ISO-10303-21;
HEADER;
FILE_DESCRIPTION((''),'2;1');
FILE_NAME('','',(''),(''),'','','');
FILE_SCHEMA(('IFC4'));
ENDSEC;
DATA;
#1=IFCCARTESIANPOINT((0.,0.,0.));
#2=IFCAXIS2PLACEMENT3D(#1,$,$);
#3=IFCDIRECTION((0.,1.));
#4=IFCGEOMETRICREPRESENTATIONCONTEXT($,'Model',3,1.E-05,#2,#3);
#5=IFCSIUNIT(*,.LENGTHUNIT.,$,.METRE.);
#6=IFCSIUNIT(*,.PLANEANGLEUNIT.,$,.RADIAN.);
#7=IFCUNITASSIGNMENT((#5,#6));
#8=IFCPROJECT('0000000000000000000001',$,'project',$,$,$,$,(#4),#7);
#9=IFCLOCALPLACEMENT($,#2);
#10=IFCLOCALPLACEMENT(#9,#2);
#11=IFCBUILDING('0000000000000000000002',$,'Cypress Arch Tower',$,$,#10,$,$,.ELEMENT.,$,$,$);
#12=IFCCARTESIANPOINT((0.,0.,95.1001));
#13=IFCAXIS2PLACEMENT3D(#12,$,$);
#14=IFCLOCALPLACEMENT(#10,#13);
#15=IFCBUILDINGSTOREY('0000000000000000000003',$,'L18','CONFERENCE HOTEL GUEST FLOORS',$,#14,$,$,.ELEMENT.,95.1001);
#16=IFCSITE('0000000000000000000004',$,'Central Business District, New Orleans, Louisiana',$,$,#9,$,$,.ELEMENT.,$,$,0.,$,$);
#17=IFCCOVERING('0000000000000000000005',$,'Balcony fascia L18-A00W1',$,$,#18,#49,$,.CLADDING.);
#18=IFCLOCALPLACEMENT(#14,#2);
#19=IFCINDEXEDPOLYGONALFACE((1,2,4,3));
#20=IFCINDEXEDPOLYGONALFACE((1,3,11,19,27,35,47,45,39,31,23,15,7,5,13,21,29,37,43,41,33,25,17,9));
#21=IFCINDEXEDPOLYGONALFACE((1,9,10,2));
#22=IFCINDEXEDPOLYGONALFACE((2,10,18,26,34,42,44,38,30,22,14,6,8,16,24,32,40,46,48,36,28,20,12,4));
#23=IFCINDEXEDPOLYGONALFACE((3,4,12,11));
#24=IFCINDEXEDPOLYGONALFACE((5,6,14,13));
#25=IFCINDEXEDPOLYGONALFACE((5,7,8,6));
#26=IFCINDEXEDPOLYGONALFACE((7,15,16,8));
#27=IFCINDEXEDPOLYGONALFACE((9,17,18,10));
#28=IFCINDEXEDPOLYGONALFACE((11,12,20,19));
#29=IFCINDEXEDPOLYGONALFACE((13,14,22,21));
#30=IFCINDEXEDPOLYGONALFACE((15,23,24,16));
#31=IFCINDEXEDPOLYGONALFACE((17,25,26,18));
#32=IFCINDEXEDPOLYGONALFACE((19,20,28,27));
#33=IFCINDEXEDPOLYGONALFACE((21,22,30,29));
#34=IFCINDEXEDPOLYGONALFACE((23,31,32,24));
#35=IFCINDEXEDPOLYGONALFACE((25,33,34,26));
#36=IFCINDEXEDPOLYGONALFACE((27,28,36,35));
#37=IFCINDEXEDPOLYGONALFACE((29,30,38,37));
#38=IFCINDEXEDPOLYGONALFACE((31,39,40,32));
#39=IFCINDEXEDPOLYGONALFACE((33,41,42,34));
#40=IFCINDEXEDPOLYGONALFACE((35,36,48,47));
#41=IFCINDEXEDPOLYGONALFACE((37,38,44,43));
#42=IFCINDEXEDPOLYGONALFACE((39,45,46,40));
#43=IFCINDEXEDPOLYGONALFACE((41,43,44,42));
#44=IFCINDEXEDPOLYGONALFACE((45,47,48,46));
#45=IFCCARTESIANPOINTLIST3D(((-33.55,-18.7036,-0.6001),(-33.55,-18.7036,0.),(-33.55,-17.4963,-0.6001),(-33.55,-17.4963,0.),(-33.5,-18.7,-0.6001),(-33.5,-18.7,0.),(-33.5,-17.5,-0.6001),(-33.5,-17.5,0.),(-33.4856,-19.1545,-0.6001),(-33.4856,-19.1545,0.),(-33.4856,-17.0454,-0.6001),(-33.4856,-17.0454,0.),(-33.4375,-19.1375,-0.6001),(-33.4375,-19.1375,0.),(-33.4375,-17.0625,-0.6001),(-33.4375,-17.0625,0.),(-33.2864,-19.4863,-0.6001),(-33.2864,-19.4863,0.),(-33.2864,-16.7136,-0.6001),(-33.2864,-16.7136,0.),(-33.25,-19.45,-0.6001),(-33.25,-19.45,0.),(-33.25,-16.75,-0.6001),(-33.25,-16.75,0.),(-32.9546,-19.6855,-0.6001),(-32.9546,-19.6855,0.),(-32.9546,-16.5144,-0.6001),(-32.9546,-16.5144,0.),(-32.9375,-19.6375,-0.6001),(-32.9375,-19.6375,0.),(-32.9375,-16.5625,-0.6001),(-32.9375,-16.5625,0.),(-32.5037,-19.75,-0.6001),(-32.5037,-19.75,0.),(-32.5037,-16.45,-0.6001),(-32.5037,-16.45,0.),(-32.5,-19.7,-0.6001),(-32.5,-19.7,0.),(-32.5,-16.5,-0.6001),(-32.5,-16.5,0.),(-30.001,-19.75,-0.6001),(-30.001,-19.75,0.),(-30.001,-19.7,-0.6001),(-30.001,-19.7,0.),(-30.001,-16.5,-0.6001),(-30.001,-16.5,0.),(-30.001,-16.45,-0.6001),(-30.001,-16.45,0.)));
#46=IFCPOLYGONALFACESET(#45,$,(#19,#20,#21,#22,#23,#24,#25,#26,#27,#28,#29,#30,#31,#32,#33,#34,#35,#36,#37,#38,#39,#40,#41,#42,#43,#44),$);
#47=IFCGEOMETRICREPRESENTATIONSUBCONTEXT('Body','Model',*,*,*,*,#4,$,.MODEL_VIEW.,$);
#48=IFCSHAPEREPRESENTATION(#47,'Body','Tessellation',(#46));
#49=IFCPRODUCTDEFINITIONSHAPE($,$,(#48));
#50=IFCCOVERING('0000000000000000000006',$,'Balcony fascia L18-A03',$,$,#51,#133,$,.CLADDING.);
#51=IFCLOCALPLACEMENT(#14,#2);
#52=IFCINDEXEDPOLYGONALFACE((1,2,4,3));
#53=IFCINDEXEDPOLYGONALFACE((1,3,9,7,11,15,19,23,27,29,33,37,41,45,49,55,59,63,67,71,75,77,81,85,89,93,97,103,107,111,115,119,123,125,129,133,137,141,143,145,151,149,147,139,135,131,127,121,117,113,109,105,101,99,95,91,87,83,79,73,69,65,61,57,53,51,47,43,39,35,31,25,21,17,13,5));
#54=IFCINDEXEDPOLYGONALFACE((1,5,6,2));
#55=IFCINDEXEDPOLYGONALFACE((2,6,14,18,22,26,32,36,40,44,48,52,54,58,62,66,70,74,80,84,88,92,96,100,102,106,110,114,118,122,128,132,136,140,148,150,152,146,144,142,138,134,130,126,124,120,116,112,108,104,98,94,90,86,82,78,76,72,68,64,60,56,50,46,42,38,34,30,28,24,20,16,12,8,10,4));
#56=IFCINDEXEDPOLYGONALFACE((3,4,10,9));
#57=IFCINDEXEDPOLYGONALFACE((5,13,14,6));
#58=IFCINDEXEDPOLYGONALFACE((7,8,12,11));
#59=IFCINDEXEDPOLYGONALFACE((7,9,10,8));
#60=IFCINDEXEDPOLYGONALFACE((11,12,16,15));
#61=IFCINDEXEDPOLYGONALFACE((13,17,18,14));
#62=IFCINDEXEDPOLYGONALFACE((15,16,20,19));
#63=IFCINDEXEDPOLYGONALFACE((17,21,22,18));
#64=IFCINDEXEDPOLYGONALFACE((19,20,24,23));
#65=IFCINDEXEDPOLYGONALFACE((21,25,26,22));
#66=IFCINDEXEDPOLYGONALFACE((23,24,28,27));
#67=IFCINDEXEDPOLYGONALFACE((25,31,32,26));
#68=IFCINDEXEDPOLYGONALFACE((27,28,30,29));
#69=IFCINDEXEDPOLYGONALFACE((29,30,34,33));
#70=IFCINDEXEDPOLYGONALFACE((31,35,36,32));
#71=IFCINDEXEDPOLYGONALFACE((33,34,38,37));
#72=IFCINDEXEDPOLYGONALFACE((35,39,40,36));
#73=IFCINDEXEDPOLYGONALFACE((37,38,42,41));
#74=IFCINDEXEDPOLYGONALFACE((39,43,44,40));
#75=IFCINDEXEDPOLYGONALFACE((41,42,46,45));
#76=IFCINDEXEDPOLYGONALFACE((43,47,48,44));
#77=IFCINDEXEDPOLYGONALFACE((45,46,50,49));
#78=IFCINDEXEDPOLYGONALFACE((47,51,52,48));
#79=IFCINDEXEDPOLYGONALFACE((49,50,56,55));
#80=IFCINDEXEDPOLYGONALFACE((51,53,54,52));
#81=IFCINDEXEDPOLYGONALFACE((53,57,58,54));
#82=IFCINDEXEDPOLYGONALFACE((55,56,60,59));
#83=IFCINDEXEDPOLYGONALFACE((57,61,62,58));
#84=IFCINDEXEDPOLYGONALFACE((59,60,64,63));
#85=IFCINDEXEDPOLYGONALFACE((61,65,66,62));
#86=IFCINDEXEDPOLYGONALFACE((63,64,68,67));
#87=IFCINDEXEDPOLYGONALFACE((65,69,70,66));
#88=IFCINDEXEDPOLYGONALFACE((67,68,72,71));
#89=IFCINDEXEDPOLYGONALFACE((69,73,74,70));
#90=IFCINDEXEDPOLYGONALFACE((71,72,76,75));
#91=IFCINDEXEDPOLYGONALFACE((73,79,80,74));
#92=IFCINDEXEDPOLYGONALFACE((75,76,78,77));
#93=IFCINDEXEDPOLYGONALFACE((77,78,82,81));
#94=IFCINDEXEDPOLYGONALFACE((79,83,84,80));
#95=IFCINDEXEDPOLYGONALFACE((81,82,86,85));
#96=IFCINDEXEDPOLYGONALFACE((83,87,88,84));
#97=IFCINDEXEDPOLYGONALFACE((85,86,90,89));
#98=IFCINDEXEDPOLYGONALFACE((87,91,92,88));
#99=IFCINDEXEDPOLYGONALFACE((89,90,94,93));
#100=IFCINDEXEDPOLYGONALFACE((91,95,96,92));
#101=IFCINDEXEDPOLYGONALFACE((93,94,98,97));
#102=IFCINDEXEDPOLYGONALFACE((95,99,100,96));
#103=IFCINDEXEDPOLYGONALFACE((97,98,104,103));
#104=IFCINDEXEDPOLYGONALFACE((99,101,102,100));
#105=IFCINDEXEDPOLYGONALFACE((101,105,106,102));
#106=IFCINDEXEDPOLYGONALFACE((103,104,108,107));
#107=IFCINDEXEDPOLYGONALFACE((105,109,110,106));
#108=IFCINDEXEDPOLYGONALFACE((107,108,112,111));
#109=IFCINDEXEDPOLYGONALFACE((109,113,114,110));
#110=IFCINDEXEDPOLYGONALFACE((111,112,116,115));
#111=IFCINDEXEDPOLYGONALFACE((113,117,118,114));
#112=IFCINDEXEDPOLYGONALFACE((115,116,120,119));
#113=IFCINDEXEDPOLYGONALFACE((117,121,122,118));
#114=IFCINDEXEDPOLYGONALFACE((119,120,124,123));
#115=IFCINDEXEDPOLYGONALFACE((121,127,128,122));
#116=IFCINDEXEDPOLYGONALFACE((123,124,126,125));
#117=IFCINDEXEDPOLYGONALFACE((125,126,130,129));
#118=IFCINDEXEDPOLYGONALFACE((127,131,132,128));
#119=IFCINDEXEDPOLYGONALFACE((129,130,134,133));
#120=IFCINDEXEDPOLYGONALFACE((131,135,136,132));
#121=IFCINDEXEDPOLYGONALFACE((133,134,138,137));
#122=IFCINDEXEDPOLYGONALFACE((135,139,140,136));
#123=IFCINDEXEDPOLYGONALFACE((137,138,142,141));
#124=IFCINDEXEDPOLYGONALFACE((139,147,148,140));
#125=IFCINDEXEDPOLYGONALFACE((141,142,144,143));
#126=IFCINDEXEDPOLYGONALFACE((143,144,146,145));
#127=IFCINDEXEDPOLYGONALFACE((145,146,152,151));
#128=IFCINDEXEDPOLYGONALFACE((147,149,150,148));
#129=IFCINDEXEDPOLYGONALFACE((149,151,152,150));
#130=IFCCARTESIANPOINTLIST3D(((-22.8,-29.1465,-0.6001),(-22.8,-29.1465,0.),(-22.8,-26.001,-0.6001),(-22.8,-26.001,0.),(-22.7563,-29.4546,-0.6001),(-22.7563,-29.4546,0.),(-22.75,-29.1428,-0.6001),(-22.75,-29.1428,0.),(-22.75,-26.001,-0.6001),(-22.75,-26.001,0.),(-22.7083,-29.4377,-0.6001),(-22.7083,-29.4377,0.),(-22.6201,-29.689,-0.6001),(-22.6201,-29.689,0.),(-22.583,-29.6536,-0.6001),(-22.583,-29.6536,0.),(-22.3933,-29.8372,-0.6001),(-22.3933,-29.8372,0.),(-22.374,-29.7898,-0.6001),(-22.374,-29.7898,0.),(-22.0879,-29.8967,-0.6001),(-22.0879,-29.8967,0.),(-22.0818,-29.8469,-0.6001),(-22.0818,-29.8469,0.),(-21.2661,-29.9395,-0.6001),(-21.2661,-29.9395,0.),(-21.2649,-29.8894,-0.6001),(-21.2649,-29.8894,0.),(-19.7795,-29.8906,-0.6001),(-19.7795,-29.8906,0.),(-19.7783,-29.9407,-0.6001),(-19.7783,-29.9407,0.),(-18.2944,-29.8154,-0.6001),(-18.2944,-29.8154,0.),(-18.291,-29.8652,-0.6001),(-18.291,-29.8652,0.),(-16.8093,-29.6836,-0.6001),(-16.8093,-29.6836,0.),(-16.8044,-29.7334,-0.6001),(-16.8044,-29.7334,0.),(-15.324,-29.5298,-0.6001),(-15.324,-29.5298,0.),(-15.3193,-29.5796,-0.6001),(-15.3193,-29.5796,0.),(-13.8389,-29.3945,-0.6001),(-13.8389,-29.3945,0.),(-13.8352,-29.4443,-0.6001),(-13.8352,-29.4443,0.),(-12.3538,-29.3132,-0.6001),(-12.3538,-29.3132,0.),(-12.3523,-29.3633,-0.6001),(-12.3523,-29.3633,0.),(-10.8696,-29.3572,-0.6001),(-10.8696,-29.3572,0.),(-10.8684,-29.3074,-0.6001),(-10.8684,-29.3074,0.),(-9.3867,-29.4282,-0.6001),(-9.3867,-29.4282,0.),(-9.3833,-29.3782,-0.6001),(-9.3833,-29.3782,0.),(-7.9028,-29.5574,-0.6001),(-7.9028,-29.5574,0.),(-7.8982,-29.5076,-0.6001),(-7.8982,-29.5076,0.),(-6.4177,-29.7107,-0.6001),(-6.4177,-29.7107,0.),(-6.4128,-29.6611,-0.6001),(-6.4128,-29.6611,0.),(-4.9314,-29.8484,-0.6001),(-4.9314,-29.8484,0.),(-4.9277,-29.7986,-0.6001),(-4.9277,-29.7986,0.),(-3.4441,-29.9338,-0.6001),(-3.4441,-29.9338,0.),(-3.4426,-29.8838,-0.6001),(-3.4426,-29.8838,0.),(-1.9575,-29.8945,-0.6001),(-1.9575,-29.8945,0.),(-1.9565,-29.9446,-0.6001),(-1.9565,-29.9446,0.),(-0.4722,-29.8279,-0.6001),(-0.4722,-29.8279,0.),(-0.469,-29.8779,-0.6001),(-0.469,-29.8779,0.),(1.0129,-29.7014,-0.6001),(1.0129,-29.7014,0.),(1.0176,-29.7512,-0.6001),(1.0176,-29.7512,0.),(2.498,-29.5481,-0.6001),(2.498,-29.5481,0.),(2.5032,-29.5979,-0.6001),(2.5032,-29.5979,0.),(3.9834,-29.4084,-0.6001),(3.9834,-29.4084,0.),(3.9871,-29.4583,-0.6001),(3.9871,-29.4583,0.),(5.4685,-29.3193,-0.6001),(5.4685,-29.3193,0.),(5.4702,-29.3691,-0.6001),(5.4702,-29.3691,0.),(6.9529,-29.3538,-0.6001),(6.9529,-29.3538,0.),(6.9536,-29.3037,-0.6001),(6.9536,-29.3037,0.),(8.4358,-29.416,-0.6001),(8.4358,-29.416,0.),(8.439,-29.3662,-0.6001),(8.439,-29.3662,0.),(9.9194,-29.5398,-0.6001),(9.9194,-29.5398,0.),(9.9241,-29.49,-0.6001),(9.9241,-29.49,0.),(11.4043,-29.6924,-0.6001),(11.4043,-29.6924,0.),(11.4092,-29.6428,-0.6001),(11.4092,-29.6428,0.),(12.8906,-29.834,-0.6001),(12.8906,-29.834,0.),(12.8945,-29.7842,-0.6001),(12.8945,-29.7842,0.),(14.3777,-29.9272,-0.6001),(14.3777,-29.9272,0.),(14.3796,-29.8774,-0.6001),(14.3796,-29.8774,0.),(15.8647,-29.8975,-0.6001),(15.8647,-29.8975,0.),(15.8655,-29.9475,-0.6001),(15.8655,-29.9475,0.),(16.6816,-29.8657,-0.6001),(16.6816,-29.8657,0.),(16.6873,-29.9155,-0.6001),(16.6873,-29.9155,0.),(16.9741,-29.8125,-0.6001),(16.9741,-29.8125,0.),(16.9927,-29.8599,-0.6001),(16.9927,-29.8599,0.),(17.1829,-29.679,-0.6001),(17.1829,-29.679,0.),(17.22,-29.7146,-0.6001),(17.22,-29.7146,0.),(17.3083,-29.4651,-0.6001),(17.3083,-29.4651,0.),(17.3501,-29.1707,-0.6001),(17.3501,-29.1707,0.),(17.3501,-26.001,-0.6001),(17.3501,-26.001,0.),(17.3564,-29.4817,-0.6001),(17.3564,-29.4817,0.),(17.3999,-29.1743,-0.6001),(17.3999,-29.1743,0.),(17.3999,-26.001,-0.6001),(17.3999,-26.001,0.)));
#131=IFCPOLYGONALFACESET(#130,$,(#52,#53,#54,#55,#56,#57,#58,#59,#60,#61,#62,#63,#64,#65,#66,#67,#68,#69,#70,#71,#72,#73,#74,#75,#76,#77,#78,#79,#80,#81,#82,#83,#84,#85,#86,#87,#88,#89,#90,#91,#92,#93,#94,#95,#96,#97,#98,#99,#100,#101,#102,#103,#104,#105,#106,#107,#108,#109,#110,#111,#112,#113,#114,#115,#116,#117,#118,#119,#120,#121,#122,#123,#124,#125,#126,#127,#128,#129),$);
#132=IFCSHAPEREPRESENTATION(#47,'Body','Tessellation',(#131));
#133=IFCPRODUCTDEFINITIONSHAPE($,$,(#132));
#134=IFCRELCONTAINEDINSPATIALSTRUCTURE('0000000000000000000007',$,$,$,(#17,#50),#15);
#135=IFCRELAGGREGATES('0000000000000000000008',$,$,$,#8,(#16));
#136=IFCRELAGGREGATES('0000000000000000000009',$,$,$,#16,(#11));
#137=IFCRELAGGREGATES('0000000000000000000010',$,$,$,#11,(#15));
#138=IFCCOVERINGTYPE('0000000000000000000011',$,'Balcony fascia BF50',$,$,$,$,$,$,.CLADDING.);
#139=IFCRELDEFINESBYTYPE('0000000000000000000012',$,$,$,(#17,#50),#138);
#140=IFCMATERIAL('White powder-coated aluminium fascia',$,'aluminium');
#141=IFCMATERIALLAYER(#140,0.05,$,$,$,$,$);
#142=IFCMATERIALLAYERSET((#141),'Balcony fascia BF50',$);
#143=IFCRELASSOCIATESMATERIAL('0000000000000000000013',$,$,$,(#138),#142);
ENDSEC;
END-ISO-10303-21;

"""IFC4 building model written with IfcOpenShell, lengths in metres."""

from ifc_helpers import new_model, si_unit, direction, frame, origin, place, context, subcontext, project, spatial, polyline, outline, extrude, material, layer, layer_set, type_object, element, save


model = new_model("IFC4")

# Units and contexts
model_context = context("Model", 3, precision=1e-05, world=origin(), true_north=direction((0.0, 1.0)))
body_context = subcontext(model_context, "Body", "Model", "MODEL_VIEW")
ifc_project = project(units=[si_unit("LENGTHUNIT", "METRE"), si_unit("PLANEANGLEUNIT", "RADIAN")], contexts=[model_context])

# Site, building, storey
site_placement = place(None, origin())
site = spatial("IfcSite", under=ifc_project, at=site_placement, Name="Central Business District, New Orleans, Louisiana", CompositionType="ELEMENT", RefElevation=0.0)
building_placement = place(site_placement, origin())
building = spatial("IfcBuilding", under=site, at=building_placement, Name="Cypress Arch Tower", CompositionType="ELEMENT")
storey_placement = place(building_placement, frame((0.0, 0.0, 95.1001)))
storey = spatial("IfcBuildingStorey", under=building, at=storey_placement, Name="L18", Description="CONFERENCE HOTEL GUEST FLOORS", CompositionType="ELEMENT", Elevation=95.1001)

# Coverings
ifc_material_1 = material(Name="White powder-coated aluminium fascia", Category="aluminium")
ifc_layer_1 = layer(ifc_material_1, 0.05)
ifc_layer_set_1 = layer_set([ifc_layer_1], Name="Balcony fascia BF50")
covering_type_1 = type_object("IfcCoveringType", Name="Balcony fascia BF50", PredefinedType="CLADDING", material=ifc_layer_set_1)
covering_1_placement = place(storey_placement, frame((0.0, 0.0, -0.6001)))
element("IfcCovering", 1, at=covering_1_placement, inside=storey, type_object=covering_type_1, Name="Balcony fascia L18-A00W1", PredefinedType="CLADDING", context=body_context, shape_type="SweptSolid", body=[
    extrude(outline(polyline([(-32.5037, -19.75), (-32.9546, -19.6855), (-33.2864, -19.4863), (-33.4856, -19.1545), (-33.55, -18.7036), (-33.55, -17.4963), (-33.4856, -17.0454), (-33.2864, -16.7136), (-32.9546, -16.5144), (-32.5037, -16.45), (-30.001, -16.45), (-30.001, -16.5), (-32.5, -16.5), (-32.9375, -16.5625), (-33.25, -16.75), (-33.4375, -17.0625), (-33.5, -17.5), (-33.5, -18.7), (-33.4375, -19.1375), (-33.25, -19.45), (-32.9375, -19.6375), (-32.5, -19.7), (-30.001, -19.7), (-30.001, -19.75), (-32.5037, -19.75)])), origin(), (0.0, 0.0, 1.0), 0.6001),
])
covering_2_placement = place(storey_placement, frame((0.0, 0.0, -0.6001)))
element("IfcCovering", 2, at=covering_2_placement, inside=storey, type_object=covering_type_1, Name="Balcony fascia L18-A03", PredefinedType="CLADDING", context=body_context, shape_type="SweptSolid", body=[
    extrude(outline(polyline([(17.3999, -29.1743), (17.3564, -29.4817), (17.22, -29.7146), (16.9927, -29.8599), (16.6873, -29.9155), (15.8655, -29.9475), (14.3777, -29.9272), (12.8906, -29.834), (11.4043, -29.6924), (9.9194, -29.5398), (8.4358, -29.416), (6.9529, -29.3538), (5.4702, -29.3691), (3.9871, -29.4583), (2.5032, -29.5979), (1.0176, -29.7512), (-0.469, -29.8779), (-1.9565, -29.9446), (-3.4441, -29.9338), (-4.9314, -29.8484), (-6.4177, -29.7107), (-7.9028, -29.5574), (-9.3867, -29.4282), (-10.8696, -29.3572), (-12.3523, -29.3633), (-13.8352, -29.4443), (-15.3193, -29.5796), (-16.8044, -29.7334), (-18.291, -29.8652), (-19.7783, -29.9407), (-21.2661, -29.9395), (-22.0879, -29.8967), (-22.3933, -29.8372), (-22.6201, -29.689), (-22.7563, -29.4546), (-22.8, -29.1465), (-22.8, -26.001), (-22.75, -26.001), (-22.75, -29.1428), (-22.7083, -29.4377), (-22.583, -29.6536), (-22.374, -29.7898), (-22.0818, -29.8469), (-21.2649, -29.8894), (-19.7795, -29.8906), (-18.2944, -29.8154), (-16.8093, -29.6836), (-15.324, -29.5298), (-13.8389, -29.3945), (-12.3538, -29.3132), (-10.8684, -29.3074), (-9.3833, -29.3782), (-7.8982, -29.5076), (-6.4128, -29.6611), (-4.9277, -29.7986), (-3.4426, -29.8838), (-1.9575, -29.8945), (-0.4722, -29.8279), (1.0129, -29.7014), (2.498, -29.5481), (3.9834, -29.4084), (5.4685, -29.3193), (6.9536, -29.3037), (8.439, -29.3662), (9.9241, -29.49), (11.4092, -29.6428), (12.8945, -29.7842), (14.3796, -29.8774), (15.8647, -29.8975), (16.6816, -29.8657), (16.9741, -29.8125), (17.1829, -29.679), (17.3083, -29.4651), (17.3501, -29.1707), (17.3501, -26.001), (17.3999, -26.001), (17.3999, -29.1743)])), origin(), (0.0, 0.0, 1.0), 0.6001),
])

save(model, "model.ifc")
